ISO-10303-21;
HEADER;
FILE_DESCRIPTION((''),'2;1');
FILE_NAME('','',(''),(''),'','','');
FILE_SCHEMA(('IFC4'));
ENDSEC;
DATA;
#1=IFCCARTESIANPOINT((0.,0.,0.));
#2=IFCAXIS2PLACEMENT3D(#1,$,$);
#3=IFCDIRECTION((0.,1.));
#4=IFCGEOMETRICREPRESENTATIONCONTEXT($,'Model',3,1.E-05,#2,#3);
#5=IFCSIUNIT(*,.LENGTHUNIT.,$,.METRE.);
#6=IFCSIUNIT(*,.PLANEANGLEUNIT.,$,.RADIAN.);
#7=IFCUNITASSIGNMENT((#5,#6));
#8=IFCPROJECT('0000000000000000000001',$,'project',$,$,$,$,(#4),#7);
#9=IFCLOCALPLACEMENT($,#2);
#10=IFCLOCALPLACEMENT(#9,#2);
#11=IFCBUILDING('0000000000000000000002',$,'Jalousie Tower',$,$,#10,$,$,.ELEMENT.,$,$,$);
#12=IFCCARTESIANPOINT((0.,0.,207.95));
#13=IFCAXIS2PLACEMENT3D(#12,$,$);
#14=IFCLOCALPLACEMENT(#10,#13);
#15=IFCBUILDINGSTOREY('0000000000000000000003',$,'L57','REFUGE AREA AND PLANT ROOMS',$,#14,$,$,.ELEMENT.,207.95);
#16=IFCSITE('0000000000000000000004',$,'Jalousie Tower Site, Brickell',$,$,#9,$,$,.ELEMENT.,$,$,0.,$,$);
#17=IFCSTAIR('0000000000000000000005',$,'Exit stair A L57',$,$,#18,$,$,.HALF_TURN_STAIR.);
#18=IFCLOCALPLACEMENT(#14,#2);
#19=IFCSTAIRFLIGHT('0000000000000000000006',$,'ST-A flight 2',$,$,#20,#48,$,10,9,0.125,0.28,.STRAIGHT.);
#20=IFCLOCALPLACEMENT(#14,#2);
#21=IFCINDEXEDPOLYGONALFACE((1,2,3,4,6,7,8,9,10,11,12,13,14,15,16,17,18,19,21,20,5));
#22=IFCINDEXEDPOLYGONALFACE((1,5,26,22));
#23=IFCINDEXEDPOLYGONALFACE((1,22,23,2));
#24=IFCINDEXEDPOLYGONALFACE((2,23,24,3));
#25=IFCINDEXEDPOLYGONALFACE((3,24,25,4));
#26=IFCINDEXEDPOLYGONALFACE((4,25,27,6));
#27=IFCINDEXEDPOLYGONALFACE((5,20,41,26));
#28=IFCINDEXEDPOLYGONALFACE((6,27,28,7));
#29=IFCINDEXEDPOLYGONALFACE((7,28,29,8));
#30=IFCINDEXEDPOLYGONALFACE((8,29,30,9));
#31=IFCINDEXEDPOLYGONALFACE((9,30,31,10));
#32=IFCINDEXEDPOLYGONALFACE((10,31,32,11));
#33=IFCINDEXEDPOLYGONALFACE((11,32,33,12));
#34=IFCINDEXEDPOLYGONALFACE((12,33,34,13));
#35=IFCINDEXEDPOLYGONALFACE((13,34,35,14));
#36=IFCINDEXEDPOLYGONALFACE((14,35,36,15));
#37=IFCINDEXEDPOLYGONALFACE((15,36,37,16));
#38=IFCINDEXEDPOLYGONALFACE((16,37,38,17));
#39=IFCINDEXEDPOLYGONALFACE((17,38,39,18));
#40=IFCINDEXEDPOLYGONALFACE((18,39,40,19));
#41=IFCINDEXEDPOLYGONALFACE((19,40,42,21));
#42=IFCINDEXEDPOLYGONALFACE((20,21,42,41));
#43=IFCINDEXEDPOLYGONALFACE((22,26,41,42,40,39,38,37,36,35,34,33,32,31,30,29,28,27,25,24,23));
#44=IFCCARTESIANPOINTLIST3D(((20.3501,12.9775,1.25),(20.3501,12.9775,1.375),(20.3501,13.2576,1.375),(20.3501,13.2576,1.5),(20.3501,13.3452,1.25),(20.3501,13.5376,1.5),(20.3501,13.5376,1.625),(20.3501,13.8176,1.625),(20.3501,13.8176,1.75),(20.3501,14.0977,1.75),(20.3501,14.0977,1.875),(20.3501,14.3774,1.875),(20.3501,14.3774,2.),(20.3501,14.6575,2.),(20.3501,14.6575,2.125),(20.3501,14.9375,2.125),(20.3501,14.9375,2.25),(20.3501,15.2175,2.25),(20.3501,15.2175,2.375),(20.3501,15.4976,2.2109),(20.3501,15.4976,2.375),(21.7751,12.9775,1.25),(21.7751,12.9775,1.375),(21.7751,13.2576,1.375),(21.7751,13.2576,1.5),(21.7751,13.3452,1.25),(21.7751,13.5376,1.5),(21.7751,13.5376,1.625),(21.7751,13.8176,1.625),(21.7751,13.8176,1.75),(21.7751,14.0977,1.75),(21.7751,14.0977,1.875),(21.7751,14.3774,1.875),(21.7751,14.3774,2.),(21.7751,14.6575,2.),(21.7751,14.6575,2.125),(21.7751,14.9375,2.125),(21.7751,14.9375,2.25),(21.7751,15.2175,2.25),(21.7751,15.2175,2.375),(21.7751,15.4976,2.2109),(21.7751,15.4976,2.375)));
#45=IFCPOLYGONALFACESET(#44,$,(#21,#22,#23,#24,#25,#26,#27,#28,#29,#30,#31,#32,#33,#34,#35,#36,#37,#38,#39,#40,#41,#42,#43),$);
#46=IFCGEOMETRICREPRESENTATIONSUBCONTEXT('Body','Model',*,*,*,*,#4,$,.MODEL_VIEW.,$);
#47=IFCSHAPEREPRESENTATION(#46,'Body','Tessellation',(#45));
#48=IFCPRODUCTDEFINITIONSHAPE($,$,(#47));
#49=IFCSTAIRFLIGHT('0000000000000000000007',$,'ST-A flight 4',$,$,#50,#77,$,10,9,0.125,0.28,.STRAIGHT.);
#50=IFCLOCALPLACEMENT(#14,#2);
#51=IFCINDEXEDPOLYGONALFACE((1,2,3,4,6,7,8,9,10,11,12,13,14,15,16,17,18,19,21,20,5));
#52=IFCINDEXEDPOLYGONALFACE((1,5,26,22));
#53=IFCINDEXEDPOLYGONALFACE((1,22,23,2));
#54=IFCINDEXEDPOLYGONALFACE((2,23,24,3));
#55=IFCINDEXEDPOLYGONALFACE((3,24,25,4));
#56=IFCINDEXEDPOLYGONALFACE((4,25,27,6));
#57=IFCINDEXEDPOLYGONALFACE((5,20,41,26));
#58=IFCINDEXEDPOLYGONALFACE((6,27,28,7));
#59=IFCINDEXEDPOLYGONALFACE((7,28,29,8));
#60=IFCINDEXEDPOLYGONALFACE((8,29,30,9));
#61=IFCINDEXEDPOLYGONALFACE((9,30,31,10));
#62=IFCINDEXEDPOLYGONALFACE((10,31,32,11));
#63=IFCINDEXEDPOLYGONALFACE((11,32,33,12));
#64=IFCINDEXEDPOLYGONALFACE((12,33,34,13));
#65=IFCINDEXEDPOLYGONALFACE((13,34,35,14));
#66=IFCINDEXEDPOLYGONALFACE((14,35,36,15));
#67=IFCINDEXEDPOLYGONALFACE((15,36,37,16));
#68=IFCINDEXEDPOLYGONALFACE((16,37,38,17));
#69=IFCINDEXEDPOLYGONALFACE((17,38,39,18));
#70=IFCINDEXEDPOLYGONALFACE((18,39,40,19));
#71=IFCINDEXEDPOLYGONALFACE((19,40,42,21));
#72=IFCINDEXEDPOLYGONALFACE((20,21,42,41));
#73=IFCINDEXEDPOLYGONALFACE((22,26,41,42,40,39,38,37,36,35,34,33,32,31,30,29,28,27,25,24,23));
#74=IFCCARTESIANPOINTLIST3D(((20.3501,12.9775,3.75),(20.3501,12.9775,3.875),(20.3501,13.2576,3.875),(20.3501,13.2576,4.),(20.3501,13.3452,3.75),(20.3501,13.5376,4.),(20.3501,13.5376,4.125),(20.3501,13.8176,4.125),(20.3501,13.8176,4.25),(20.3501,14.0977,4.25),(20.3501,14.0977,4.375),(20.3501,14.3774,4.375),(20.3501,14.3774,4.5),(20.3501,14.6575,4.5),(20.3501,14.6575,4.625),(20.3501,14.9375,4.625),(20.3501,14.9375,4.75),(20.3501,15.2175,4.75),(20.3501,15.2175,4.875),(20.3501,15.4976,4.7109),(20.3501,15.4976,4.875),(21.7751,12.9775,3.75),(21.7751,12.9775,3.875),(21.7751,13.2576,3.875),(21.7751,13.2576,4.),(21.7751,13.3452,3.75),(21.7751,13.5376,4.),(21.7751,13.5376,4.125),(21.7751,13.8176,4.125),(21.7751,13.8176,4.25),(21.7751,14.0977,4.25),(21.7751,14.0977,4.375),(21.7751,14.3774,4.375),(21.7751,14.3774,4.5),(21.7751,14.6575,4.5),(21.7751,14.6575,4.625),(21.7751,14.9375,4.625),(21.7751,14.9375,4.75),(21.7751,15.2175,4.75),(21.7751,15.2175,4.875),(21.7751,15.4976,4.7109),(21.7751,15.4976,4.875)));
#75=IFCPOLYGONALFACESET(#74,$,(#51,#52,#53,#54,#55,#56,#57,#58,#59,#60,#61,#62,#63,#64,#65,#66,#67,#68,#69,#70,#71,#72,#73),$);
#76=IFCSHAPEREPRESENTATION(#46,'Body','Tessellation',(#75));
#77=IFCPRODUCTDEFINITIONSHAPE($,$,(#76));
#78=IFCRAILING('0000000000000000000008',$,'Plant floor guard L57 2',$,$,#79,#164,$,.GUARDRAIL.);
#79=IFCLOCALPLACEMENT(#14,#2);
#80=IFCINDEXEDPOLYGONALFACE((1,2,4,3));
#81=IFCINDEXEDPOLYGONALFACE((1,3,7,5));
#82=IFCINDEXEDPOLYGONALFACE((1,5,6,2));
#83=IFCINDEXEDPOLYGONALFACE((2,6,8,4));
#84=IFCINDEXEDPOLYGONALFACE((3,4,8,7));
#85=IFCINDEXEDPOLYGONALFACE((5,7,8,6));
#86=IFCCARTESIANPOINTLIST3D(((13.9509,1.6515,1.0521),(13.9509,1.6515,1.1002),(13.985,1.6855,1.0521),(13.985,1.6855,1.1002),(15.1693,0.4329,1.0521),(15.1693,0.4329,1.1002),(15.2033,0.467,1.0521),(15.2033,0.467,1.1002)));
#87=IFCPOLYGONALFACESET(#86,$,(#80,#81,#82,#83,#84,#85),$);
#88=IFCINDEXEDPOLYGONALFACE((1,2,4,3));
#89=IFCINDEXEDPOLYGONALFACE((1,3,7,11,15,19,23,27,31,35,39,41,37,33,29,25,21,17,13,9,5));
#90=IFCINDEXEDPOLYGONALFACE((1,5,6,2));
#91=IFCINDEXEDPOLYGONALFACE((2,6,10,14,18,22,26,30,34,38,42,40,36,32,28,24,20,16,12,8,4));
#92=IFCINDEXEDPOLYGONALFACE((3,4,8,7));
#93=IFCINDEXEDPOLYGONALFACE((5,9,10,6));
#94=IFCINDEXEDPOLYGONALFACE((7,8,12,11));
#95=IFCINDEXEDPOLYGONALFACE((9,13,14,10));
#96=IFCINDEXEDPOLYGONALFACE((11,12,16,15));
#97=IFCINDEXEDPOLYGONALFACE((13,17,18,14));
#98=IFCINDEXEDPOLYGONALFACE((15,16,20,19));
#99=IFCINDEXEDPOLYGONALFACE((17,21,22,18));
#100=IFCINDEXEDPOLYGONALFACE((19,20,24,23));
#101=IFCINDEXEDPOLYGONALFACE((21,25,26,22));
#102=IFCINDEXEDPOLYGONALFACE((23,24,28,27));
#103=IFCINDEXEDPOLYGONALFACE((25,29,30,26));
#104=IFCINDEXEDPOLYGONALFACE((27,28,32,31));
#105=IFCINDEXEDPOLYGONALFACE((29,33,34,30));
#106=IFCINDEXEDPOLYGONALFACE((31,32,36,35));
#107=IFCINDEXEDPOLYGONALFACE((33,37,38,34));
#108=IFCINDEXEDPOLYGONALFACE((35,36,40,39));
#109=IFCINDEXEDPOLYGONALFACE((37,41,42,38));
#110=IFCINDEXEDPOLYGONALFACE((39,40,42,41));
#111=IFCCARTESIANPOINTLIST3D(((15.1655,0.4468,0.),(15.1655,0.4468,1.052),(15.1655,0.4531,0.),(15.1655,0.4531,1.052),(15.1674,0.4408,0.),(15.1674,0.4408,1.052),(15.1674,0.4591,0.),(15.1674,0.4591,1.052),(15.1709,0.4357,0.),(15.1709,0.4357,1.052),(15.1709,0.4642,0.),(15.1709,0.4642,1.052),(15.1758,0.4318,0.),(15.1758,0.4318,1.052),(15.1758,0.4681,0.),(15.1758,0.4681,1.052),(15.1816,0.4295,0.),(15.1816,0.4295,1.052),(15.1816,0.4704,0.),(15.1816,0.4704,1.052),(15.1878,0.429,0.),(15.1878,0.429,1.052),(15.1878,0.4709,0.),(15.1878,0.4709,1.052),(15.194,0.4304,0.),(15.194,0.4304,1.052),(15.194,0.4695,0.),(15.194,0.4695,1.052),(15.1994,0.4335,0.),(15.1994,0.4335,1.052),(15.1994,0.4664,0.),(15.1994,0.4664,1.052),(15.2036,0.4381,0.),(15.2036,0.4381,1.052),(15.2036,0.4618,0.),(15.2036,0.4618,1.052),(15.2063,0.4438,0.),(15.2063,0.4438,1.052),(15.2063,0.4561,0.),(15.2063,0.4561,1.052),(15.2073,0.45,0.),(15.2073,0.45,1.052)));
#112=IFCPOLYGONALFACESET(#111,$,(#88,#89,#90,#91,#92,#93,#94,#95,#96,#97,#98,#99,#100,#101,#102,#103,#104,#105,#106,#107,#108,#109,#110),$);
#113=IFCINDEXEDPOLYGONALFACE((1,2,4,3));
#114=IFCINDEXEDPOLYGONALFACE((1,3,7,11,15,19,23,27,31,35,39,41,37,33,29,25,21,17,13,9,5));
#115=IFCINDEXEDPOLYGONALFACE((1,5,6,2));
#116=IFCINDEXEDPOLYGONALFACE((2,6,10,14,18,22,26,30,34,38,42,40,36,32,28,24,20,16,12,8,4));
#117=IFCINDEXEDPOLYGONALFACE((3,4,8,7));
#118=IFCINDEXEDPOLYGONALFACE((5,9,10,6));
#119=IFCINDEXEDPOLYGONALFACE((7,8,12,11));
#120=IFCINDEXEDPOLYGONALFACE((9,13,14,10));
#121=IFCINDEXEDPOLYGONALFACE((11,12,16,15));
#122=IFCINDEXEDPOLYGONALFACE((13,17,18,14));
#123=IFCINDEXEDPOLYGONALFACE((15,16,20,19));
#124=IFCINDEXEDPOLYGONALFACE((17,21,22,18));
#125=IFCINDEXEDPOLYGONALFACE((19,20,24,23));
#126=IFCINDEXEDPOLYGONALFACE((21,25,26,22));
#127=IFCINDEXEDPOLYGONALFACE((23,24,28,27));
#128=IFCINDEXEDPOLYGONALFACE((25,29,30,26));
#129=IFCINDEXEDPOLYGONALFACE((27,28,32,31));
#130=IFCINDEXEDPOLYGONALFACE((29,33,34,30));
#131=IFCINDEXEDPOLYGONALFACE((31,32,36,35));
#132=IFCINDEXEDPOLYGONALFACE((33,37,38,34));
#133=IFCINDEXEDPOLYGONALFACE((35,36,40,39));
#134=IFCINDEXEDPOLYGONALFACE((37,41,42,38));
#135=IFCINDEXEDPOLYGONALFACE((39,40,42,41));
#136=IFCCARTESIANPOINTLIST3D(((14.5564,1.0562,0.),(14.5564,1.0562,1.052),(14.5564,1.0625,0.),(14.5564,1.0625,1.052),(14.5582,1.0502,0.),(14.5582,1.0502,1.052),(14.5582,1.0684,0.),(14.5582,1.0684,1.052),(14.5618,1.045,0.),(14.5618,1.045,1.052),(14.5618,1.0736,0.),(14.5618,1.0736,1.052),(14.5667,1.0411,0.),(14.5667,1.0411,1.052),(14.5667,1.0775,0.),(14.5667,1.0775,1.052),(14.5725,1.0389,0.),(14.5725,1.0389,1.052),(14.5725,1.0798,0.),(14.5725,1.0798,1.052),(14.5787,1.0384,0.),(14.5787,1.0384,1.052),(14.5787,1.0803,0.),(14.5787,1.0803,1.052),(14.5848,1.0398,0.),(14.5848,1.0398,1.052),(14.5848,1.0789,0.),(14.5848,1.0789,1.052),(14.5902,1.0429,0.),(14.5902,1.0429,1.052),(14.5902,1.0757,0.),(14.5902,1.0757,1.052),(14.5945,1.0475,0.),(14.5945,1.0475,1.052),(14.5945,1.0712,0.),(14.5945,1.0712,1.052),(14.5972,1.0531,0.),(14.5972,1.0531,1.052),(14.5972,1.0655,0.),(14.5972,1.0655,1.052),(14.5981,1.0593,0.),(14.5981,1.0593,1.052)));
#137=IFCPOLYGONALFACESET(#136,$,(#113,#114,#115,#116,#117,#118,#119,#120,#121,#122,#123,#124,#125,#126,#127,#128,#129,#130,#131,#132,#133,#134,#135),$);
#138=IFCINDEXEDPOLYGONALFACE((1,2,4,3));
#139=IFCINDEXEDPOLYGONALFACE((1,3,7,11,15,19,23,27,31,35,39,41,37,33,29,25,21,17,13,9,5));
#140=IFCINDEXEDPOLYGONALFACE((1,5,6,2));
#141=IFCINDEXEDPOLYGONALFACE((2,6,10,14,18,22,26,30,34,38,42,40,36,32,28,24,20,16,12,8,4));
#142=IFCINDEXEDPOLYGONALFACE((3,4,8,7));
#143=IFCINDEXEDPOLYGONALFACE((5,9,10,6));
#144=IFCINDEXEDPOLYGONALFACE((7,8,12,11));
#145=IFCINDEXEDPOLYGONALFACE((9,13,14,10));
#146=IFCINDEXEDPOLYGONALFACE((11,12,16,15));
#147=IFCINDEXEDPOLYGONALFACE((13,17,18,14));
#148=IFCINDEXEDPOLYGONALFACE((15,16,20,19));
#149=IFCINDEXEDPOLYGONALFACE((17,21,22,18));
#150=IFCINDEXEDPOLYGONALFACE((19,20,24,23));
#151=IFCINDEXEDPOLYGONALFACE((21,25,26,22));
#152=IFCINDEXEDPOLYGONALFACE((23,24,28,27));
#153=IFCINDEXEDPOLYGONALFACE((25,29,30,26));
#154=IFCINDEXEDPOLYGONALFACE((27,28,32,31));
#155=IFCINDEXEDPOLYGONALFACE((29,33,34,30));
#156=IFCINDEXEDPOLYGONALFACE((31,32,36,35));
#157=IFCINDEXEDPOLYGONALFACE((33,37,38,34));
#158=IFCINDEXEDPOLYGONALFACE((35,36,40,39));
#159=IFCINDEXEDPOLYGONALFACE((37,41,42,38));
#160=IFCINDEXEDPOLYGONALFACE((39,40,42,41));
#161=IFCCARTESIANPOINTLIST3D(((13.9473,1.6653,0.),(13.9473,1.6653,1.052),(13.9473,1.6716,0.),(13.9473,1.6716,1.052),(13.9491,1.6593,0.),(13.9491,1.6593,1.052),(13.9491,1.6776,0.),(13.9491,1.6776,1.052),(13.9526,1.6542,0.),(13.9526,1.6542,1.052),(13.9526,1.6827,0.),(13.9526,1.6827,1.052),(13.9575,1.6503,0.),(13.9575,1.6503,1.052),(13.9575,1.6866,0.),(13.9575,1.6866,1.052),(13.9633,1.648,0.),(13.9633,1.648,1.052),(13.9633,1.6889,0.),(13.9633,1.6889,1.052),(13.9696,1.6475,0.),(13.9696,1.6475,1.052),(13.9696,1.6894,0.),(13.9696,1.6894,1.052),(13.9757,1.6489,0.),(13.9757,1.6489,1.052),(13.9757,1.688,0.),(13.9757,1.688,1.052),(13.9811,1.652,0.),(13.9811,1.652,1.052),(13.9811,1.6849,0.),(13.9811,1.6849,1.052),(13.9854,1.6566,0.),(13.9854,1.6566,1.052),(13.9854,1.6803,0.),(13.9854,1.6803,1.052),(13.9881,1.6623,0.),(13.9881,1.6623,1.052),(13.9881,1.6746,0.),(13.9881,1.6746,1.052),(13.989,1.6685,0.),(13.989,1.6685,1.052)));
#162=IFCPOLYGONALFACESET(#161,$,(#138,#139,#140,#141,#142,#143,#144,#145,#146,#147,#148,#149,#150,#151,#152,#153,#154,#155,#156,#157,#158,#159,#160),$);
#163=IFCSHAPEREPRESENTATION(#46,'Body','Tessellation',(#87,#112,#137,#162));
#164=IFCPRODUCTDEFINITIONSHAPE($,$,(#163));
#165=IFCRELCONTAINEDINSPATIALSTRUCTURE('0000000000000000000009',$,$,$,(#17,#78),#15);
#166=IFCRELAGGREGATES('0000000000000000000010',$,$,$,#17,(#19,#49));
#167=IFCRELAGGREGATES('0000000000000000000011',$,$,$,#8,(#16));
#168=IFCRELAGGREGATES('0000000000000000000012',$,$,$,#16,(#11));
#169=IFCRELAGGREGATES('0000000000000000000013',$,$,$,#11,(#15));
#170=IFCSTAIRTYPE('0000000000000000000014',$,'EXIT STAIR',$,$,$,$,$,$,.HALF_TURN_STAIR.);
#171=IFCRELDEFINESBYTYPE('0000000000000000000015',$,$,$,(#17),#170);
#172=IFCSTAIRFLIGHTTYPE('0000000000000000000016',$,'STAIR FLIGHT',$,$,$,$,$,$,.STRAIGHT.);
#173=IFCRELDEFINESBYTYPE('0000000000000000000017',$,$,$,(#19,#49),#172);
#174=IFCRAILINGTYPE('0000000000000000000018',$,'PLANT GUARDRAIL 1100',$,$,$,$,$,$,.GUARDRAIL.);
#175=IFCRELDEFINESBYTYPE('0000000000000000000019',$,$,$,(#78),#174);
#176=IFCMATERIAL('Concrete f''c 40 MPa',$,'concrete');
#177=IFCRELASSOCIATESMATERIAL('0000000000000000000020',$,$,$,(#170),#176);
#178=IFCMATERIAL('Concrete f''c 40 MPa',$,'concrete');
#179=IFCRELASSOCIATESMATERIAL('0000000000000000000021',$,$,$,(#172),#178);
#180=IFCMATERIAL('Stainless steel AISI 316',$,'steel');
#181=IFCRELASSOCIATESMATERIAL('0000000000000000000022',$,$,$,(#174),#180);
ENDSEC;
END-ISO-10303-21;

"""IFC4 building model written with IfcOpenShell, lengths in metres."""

from ifc_helpers import new_model, si_unit, direction, frame, origin, origin_2d, place, context, subcontext, project, spatial, polyline, rectangle, circle, outline, extrude, material, type_object, element, aggregate, save


model = new_model("IFC4")

# Units and contexts
model_context = context("Model", 3, precision=1e-05, world=origin(), true_north=direction((0.0, 1.0)))
body_context = subcontext(model_context, "Body", "Model", "MODEL_VIEW")
ifc_project = project(units=[si_unit("LENGTHUNIT", "METRE"), si_unit("PLANEANGLEUNIT", "RADIAN")], contexts=[model_context])

# Site, building, storey
site_placement = place(None, origin())
site = spatial("IfcSite", under=ifc_project, at=site_placement, Name="Jalousie Tower Site, Brickell", CompositionType="ELEMENT", RefElevation=0.0)
building_placement = place(site_placement, origin())
building = spatial("IfcBuilding", under=site, at=building_placement, Name="Jalousie Tower", CompositionType="ELEMENT")
storey_placement = place(building_placement, frame((0.0, 0.0, 207.95)))
storey = spatial("IfcBuildingStorey", under=building, at=storey_placement, Name="L57", Description="REFUGE AREA AND PLANT ROOMS", CompositionType="ELEMENT", Elevation=207.95)

# Stair, stair flights
ifc_material_1 = material(Name="Concrete f'c 40 MPa", Category="concrete")
stair_type = type_object("IfcStairType", Name="EXIT STAIR", PredefinedType="HALF_TURN_STAIR", material=ifc_material_1)
stair_placement = place(storey_placement, origin())
stair = element("IfcStair", 1, at=stair_placement, inside=storey, type_object=stair_type, Name="Exit stair A L57", PredefinedType="HALF_TURN_STAIR")
ifc_material_2 = material(Name="Concrete f'c 40 MPa", Category="concrete")
stair_flight_type = type_object("IfcStairFlightType", Name="STAIR FLIGHT", PredefinedType="STRAIGHT", material=ifc_material_2)
stair_flight_1_placement = place(storey_placement, frame((21.0625, 12.9775, 1.25), z_axis=(0.0, 0.0, 1.0), x_axis=(0.0, 1.0, 0.0)))
stair_flight_1 = element("IfcStairFlight", 2, at=stair_flight_1_placement, type_object=stair_flight_type, Name="ST-A flight 2", NumberOfRisers=10, NumberOfTreads=9, PredefinedType="STRAIGHT", RiserHeight=0.125, TreadLength=0.28, context=body_context, shape_type="SweptSolid", body=[
    extrude(outline(polyline([(0.0, 0.0), (0.0, 0.125), (0.28, 0.125), (0.28, 0.25), (0.5601, 0.25), (0.5601, 0.375), (0.8401, 0.375), (0.8401, 0.5), (1.1201, 0.5), (1.1201, 0.625), (1.3999, 0.625), (1.3999, 0.75), (1.6799, 0.75), (1.6799, 0.875), (1.96, 0.875), (1.96, 1.0), (2.24, 1.0), (2.24, 1.125), (2.52, 1.125), (2.52, 1.25), (2.52, 0.9609), (0.3677, 0.0), (0.0, 0.0)])), frame((0.0, 0.7124, 0.0), z_axis=(0.0, -1.0, 0.0), x_axis=(1.0, 0.0, 0.0)), (0.0, 0.0, 1.0), 1.425),
])
stair_flight_2_placement = place(storey_placement, frame((21.0625, 12.9775, 3.75), z_axis=(0.0, 0.0, 1.0), x_axis=(0.0, 1.0, 0.0)))
stair_flight_2 = element("IfcStairFlight", 3, at=stair_flight_2_placement, type_object=stair_flight_type, Name="ST-A flight 4", NumberOfRisers=10, NumberOfTreads=9, PredefinedType="STRAIGHT", RiserHeight=0.125, TreadLength=0.28, context=body_context, shape_type="SweptSolid", body=[
    extrude(outline(polyline([(0.0, 0.0), (0.0, 0.125), (0.28, 0.125), (0.28, 0.25), (0.5601, 0.25), (0.5601, 0.375), (0.8401, 0.375), (0.8401, 0.5), (1.1201, 0.5), (1.1201, 0.625), (1.3999, 0.625), (1.3999, 0.75), (1.6799, 0.75), (1.6799, 0.875), (1.96, 0.875), (1.96, 1.0), (2.24, 1.0), (2.24, 1.125), (2.52, 1.125), (2.52, 1.25), (2.52, 0.9609), (0.3677, 0.0), (0.0, 0.0)])), frame((0.0, 0.7124, 0.0), z_axis=(0.0, -1.0, 0.0), x_axis=(1.0, 0.0, 0.0)), (0.0, 0.0, 1.0), 1.425),
])
aggregate(stair, [stair_flight_1, stair_flight_2])

# Railing
ifc_material_3 = material(Name="Stainless steel AISI 316", Category="steel")
railing_type_1 = type_object("IfcRailingType", Name="PLANT GUARDRAIL 1100", PredefinedType="GUARDRAIL", material=ifc_material_3)
railing_1_placement = place(storey_placement, frame((15.1863, 0.45, 0.0)))
element("IfcRailing", 4, at=railing_1_placement, inside=storey, type_object=railing_type_1, Name="Plant floor guard L57 2", PredefinedType="GUARDRAIL", context=body_context, shape_type="SweptSolid", body=[
    extrude(rectangle(XDim=0.0481, YDim=0.0481, at=origin_2d()), frame((0.0, 0.0, 1.0762), z_axis=(-0.707036, 0.707178, 0.0), x_axis=(-0.707178, -0.707036, 0.0)), (0.0, 0.0, 1.0), 1.7231),
    extrude(circle(Radius=0.021, at=origin_2d()), origin(), (0.0, 0.0, 1.0), 1.052),
    extrude(circle(Radius=0.021, at=origin_2d()), frame((-0.6091, 0.6094, 0.0)), (0.0, 0.0, 1.0), 1.052),
    extrude(circle(Radius=0.021, at=origin_2d()), frame((-1.2183, 1.2185, 0.0)), (0.0, 0.0, 1.0), 1.052),
])

save(model, "model.ifc")
